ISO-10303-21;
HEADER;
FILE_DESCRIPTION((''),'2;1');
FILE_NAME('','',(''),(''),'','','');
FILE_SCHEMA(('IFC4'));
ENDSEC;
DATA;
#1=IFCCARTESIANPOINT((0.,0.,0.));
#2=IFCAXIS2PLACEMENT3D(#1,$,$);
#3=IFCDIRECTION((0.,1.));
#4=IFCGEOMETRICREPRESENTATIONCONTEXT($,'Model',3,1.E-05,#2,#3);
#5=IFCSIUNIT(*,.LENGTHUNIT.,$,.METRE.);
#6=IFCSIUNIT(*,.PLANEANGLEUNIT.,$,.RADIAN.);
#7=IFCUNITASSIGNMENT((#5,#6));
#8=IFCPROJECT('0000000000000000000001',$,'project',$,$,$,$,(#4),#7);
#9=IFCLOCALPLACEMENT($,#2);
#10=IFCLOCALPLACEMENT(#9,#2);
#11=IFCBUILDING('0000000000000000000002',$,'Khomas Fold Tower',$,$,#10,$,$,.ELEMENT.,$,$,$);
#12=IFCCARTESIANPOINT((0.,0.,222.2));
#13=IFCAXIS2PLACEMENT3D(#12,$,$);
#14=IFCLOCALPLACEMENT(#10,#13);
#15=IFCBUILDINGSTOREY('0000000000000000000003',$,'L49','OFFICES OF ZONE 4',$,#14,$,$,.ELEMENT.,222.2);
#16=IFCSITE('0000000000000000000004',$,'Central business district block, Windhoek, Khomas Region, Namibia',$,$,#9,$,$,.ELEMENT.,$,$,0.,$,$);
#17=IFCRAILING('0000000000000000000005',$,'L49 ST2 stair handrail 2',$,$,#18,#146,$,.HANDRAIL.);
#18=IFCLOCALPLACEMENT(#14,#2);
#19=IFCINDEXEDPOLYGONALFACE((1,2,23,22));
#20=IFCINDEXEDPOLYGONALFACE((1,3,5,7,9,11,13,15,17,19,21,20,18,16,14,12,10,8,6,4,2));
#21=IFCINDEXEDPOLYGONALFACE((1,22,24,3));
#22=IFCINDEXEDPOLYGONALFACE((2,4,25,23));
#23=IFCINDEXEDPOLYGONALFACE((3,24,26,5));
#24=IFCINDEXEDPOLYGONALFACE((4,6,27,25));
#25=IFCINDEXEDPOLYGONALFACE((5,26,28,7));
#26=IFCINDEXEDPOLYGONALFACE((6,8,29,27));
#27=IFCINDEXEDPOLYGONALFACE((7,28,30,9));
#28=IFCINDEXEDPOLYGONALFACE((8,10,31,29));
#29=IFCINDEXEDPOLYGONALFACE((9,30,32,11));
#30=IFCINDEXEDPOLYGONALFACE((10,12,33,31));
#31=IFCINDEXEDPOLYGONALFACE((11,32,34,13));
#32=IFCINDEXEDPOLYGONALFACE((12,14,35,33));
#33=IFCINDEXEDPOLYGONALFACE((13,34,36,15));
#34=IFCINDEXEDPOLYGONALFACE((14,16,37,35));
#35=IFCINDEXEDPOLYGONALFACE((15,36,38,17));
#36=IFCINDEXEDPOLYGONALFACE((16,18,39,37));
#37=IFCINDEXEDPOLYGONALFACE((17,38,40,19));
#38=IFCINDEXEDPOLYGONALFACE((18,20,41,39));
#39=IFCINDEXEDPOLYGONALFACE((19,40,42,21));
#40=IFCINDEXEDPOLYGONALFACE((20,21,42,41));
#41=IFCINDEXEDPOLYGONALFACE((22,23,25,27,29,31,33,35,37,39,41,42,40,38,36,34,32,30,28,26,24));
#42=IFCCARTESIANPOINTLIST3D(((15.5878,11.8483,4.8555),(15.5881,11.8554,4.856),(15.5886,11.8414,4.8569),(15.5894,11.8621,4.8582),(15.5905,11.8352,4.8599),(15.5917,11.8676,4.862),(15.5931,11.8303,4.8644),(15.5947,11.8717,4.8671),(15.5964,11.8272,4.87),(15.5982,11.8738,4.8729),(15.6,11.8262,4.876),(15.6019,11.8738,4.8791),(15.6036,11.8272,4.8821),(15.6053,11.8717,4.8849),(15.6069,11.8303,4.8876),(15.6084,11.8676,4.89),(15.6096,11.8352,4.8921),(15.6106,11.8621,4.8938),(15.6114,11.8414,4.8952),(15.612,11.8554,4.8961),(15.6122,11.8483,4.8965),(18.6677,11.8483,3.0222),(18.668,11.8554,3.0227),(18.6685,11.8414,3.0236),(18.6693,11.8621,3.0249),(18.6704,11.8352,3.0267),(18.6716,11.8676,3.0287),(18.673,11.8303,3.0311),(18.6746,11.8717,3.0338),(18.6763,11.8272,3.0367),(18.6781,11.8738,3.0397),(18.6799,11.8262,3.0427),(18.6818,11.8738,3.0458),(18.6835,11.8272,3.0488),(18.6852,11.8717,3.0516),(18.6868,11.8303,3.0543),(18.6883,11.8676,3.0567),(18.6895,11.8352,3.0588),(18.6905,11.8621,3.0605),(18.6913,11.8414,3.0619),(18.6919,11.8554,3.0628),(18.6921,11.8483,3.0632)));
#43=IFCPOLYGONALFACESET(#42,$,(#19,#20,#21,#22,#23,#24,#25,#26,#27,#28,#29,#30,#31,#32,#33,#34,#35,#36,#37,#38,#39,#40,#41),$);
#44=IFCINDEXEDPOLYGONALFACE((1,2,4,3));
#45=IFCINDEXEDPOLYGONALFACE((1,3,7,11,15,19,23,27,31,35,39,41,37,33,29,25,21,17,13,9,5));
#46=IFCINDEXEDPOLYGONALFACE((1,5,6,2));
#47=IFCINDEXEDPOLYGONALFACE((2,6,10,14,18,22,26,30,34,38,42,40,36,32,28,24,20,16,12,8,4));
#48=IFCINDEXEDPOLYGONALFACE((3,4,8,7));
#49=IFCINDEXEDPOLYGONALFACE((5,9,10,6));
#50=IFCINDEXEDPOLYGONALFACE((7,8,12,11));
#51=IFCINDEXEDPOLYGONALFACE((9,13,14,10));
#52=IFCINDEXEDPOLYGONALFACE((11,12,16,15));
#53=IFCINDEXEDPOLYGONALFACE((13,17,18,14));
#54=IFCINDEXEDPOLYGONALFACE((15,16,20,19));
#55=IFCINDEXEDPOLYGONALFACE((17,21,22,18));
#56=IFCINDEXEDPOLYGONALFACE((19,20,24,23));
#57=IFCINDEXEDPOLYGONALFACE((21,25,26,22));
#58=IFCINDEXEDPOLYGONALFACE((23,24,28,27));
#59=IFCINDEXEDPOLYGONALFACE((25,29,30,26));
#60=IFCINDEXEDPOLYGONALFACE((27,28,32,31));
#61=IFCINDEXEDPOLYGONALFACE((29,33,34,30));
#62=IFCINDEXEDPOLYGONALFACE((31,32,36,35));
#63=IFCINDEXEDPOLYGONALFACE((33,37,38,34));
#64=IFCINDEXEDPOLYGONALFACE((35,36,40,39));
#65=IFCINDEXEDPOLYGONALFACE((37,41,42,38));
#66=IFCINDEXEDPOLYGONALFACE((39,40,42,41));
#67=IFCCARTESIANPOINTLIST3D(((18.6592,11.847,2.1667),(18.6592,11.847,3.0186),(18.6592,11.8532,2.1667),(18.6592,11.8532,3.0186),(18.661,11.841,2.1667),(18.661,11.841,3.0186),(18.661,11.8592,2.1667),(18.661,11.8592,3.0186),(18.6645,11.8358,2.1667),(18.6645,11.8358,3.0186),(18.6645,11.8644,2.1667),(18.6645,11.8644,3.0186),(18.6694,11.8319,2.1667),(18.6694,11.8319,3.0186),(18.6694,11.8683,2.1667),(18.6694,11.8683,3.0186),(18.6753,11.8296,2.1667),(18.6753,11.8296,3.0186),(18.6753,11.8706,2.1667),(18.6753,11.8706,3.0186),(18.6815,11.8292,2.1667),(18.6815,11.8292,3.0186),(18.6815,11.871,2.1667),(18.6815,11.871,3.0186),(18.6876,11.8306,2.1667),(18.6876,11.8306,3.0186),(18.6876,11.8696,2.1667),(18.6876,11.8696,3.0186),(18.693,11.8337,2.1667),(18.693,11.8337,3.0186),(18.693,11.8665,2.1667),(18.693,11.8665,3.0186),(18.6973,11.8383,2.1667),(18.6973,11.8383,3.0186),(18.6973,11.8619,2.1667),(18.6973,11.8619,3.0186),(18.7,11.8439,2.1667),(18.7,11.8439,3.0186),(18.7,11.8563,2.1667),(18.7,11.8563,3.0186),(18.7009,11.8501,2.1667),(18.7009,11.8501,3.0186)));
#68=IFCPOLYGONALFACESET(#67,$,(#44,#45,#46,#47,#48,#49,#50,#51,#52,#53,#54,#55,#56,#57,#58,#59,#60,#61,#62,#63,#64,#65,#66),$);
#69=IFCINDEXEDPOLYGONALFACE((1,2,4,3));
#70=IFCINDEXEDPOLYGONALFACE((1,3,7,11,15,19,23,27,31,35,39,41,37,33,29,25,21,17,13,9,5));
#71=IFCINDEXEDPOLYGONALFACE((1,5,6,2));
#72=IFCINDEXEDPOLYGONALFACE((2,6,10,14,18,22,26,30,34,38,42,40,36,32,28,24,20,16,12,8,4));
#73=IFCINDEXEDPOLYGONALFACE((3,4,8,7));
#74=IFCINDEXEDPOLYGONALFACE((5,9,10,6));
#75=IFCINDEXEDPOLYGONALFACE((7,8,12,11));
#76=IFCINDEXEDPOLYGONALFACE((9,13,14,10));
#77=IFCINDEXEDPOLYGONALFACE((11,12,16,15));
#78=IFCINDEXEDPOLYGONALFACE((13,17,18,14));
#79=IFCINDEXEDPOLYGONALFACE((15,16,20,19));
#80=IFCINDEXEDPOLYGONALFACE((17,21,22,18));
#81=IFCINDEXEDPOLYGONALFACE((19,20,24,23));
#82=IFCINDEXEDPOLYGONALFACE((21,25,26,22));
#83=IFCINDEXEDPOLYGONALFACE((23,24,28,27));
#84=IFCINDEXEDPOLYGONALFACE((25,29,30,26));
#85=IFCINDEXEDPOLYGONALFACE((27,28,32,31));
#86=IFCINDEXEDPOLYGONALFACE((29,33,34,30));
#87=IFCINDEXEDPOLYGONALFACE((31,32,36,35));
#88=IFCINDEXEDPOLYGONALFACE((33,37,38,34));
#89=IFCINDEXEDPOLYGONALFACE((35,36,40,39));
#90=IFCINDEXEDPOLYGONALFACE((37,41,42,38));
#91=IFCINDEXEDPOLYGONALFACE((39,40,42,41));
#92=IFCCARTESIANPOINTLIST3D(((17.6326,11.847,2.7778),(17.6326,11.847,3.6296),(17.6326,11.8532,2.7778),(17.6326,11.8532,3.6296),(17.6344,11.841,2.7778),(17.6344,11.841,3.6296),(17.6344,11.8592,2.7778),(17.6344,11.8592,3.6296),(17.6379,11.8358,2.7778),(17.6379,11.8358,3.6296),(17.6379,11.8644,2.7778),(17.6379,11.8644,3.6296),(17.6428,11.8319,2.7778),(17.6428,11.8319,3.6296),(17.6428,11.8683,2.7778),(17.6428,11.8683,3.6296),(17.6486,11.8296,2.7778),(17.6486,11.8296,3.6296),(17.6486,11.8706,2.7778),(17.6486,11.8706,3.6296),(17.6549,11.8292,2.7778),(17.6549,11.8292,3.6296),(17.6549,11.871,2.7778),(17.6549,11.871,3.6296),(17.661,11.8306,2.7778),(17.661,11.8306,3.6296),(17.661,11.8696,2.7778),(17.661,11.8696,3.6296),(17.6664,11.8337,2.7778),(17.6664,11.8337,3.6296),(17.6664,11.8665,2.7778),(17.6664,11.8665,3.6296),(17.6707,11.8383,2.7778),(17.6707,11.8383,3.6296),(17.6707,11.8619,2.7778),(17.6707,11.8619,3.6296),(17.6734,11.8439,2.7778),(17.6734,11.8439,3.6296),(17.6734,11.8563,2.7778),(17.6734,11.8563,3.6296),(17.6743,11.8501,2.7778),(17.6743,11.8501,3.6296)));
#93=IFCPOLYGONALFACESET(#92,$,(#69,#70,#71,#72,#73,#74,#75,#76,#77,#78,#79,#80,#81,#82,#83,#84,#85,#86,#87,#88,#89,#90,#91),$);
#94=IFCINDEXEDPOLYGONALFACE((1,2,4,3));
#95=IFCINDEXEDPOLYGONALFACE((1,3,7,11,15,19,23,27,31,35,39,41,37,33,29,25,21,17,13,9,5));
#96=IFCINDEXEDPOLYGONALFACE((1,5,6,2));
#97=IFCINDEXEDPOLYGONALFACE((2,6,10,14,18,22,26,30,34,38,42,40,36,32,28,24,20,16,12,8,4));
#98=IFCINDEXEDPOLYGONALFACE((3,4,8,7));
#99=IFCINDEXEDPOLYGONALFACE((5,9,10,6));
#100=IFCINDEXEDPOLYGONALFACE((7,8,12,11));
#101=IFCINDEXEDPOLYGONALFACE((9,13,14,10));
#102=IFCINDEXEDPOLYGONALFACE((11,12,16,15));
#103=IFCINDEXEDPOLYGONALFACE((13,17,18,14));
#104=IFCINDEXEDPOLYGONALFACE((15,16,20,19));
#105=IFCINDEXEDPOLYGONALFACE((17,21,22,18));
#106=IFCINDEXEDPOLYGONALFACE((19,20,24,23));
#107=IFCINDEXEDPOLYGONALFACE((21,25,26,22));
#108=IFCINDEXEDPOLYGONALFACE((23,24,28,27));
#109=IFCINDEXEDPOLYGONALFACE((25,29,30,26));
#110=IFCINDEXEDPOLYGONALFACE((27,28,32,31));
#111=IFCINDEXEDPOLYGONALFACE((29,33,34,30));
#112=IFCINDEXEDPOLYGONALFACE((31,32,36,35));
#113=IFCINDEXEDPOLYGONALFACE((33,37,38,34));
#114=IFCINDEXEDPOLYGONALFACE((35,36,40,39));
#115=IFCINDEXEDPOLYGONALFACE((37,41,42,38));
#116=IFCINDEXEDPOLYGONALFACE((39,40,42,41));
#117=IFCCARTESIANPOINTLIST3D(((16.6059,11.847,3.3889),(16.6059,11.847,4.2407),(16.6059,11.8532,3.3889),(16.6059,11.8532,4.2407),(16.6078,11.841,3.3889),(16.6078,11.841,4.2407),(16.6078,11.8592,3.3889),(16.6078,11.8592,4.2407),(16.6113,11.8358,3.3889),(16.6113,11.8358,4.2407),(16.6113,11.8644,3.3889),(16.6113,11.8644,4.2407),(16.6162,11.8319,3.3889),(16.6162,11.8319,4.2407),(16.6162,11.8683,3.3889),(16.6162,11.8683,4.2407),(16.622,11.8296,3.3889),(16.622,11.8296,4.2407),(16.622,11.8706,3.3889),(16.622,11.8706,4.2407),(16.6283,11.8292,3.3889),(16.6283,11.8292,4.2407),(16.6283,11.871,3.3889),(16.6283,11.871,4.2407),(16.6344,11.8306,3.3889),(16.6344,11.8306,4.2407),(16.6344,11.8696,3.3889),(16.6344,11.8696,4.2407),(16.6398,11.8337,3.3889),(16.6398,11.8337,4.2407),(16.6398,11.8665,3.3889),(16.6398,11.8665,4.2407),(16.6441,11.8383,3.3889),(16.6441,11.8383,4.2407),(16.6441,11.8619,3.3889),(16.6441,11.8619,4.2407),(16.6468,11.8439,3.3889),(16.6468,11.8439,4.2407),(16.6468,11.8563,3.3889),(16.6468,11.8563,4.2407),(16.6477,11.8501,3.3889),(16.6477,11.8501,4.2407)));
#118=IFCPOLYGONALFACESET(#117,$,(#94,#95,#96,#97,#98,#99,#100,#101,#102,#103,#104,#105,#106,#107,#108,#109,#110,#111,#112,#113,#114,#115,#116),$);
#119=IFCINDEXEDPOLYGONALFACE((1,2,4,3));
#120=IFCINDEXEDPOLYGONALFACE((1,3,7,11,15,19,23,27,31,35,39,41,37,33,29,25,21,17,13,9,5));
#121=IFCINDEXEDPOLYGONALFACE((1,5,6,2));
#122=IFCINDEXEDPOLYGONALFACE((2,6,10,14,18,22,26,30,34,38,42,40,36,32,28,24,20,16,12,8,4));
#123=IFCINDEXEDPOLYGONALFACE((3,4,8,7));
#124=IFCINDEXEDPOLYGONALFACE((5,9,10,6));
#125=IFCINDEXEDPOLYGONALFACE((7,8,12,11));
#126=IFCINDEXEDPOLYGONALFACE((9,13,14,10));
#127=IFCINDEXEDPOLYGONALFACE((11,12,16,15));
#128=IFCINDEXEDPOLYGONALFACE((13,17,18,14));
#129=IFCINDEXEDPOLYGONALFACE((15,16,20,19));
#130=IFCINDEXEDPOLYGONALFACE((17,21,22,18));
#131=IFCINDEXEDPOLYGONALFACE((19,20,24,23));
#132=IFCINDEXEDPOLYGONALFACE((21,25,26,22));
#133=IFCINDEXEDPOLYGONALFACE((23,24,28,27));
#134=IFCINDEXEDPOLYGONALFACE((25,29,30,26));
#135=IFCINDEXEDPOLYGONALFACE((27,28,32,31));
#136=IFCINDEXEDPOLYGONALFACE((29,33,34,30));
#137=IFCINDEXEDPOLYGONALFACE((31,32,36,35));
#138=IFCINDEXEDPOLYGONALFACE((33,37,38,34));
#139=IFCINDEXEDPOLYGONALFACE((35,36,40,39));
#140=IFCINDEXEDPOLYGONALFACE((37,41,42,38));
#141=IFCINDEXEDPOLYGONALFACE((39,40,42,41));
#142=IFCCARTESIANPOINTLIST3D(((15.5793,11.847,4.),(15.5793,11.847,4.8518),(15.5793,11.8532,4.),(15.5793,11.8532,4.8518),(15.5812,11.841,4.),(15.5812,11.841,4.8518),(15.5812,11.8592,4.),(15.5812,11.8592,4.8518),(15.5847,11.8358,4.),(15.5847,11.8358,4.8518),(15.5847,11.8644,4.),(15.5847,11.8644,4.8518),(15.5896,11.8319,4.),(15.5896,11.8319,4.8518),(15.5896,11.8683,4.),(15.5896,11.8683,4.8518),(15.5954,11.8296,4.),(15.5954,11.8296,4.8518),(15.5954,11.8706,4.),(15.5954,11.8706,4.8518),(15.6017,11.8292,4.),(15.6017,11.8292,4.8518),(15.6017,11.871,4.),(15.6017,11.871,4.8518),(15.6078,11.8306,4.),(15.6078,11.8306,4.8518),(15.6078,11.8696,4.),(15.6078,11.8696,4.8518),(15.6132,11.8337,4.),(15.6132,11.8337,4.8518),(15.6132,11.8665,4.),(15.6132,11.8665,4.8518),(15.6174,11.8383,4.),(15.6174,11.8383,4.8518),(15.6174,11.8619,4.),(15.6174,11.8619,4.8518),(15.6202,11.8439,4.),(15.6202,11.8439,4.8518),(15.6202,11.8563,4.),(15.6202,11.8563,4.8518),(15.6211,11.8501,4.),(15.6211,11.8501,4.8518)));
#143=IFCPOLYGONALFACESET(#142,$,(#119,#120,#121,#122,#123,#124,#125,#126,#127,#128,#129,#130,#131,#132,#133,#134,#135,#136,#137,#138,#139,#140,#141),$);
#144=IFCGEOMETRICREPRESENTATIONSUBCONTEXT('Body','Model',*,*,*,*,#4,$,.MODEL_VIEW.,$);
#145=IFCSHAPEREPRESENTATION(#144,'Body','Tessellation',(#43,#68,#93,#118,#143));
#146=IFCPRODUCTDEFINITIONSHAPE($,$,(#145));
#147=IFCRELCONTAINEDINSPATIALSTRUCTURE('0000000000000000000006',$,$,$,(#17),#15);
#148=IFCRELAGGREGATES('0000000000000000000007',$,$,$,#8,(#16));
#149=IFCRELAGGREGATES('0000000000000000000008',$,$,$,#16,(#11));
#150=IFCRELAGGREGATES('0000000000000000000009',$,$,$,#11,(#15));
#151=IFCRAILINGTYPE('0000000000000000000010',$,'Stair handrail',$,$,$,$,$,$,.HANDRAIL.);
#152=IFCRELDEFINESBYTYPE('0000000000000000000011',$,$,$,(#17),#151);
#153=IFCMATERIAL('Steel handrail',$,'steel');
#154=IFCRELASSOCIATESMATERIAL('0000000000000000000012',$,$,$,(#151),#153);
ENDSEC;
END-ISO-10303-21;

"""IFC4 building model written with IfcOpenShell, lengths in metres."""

from ifc_helpers import new_model, si_unit, direction, frame, origin, origin_2d, place, context, subcontext, project, spatial, circle, extrude, source, transform, mapped, material, type_object, element, save


model = new_model("IFC4")

# Units and contexts
model_context = context("Model", 3, precision=1e-05, world=origin(), true_north=direction((0.0, 1.0)))
body_context = subcontext(model_context, "Body", "Model", "MODEL_VIEW")
ifc_project = project(units=[si_unit("LENGTHUNIT", "METRE"), si_unit("PLANEANGLEUNIT", "RADIAN")], contexts=[model_context])

# Site, building, storey
site_placement = place(None, origin())
site = spatial("IfcSite", under=ifc_project, at=site_placement, Name="Central business district block, Windhoek, Khomas Region, Namibia", CompositionType="ELEMENT", RefElevation=0.0)
building_placement = place(site_placement, origin())
building = spatial("IfcBuilding", under=site, at=building_placement, Name="Khomas Fold Tower", CompositionType="ELEMENT")
storey_placement = place(building_placement, frame((0.0, 0.0, 222.2)))
storey = spatial("IfcBuildingStorey", under=building, at=storey_placement, Name="L49", Description="OFFICES OF ZONE 4", CompositionType="ELEMENT", Elevation=222.2)

# Railing
ifc_material_1 = material(Name="Steel handrail", Category="steel")
railing_type = type_object("IfcRailingType", Name="Stair handrail", PredefinedType="HANDRAIL", material=ifc_material_1)
shared_shape_1 = source(origin(), body_context, "Body", "SweptSolid", [
    extrude(circle(Radius=0.0239, at=origin_2d()), frame((0.0, 0.0, 0.876), z_axis=(-0.859291, 0.0, 0.511487), x_axis=(0.0, -1.0, 0.0)), (0.0, 0.0, 1.0), 3.5842),
    extrude(circle(Radius=0.021, at=origin_2d()), origin(), (0.0, 0.0, 1.0), 0.8518),
    extrude(circle(Radius=0.021, at=origin_2d()), frame((-1.0266, 0.0, 0.6111)), (0.0, 0.0, 1.0), 0.8518),
    extrude(circle(Radius=0.021, at=origin_2d()), frame((-2.0532, 0.0, 1.2222)), (0.0, 0.0, 1.0), 0.8518),
    extrude(circle(Radius=0.021, at=origin_2d()), frame((-3.0798, 0.0, 1.8333)), (0.0, 0.0, 1.0), 0.8518),
])
railing_placement = place(storey_placement, frame((18.6799, 11.8501, 2.1667)))
element("IfcRailing", 1, at=railing_placement, inside=storey, type_object=railing_type, Name="L49 ST2 stair handrail 2", PredefinedType="HANDRAIL", context=body_context, shape_type="MappedRepresentation", body=[
    mapped(shared_shape_1, transform((0.0, 0.0, 0.0))),
])

save(model, "model.ifc")
